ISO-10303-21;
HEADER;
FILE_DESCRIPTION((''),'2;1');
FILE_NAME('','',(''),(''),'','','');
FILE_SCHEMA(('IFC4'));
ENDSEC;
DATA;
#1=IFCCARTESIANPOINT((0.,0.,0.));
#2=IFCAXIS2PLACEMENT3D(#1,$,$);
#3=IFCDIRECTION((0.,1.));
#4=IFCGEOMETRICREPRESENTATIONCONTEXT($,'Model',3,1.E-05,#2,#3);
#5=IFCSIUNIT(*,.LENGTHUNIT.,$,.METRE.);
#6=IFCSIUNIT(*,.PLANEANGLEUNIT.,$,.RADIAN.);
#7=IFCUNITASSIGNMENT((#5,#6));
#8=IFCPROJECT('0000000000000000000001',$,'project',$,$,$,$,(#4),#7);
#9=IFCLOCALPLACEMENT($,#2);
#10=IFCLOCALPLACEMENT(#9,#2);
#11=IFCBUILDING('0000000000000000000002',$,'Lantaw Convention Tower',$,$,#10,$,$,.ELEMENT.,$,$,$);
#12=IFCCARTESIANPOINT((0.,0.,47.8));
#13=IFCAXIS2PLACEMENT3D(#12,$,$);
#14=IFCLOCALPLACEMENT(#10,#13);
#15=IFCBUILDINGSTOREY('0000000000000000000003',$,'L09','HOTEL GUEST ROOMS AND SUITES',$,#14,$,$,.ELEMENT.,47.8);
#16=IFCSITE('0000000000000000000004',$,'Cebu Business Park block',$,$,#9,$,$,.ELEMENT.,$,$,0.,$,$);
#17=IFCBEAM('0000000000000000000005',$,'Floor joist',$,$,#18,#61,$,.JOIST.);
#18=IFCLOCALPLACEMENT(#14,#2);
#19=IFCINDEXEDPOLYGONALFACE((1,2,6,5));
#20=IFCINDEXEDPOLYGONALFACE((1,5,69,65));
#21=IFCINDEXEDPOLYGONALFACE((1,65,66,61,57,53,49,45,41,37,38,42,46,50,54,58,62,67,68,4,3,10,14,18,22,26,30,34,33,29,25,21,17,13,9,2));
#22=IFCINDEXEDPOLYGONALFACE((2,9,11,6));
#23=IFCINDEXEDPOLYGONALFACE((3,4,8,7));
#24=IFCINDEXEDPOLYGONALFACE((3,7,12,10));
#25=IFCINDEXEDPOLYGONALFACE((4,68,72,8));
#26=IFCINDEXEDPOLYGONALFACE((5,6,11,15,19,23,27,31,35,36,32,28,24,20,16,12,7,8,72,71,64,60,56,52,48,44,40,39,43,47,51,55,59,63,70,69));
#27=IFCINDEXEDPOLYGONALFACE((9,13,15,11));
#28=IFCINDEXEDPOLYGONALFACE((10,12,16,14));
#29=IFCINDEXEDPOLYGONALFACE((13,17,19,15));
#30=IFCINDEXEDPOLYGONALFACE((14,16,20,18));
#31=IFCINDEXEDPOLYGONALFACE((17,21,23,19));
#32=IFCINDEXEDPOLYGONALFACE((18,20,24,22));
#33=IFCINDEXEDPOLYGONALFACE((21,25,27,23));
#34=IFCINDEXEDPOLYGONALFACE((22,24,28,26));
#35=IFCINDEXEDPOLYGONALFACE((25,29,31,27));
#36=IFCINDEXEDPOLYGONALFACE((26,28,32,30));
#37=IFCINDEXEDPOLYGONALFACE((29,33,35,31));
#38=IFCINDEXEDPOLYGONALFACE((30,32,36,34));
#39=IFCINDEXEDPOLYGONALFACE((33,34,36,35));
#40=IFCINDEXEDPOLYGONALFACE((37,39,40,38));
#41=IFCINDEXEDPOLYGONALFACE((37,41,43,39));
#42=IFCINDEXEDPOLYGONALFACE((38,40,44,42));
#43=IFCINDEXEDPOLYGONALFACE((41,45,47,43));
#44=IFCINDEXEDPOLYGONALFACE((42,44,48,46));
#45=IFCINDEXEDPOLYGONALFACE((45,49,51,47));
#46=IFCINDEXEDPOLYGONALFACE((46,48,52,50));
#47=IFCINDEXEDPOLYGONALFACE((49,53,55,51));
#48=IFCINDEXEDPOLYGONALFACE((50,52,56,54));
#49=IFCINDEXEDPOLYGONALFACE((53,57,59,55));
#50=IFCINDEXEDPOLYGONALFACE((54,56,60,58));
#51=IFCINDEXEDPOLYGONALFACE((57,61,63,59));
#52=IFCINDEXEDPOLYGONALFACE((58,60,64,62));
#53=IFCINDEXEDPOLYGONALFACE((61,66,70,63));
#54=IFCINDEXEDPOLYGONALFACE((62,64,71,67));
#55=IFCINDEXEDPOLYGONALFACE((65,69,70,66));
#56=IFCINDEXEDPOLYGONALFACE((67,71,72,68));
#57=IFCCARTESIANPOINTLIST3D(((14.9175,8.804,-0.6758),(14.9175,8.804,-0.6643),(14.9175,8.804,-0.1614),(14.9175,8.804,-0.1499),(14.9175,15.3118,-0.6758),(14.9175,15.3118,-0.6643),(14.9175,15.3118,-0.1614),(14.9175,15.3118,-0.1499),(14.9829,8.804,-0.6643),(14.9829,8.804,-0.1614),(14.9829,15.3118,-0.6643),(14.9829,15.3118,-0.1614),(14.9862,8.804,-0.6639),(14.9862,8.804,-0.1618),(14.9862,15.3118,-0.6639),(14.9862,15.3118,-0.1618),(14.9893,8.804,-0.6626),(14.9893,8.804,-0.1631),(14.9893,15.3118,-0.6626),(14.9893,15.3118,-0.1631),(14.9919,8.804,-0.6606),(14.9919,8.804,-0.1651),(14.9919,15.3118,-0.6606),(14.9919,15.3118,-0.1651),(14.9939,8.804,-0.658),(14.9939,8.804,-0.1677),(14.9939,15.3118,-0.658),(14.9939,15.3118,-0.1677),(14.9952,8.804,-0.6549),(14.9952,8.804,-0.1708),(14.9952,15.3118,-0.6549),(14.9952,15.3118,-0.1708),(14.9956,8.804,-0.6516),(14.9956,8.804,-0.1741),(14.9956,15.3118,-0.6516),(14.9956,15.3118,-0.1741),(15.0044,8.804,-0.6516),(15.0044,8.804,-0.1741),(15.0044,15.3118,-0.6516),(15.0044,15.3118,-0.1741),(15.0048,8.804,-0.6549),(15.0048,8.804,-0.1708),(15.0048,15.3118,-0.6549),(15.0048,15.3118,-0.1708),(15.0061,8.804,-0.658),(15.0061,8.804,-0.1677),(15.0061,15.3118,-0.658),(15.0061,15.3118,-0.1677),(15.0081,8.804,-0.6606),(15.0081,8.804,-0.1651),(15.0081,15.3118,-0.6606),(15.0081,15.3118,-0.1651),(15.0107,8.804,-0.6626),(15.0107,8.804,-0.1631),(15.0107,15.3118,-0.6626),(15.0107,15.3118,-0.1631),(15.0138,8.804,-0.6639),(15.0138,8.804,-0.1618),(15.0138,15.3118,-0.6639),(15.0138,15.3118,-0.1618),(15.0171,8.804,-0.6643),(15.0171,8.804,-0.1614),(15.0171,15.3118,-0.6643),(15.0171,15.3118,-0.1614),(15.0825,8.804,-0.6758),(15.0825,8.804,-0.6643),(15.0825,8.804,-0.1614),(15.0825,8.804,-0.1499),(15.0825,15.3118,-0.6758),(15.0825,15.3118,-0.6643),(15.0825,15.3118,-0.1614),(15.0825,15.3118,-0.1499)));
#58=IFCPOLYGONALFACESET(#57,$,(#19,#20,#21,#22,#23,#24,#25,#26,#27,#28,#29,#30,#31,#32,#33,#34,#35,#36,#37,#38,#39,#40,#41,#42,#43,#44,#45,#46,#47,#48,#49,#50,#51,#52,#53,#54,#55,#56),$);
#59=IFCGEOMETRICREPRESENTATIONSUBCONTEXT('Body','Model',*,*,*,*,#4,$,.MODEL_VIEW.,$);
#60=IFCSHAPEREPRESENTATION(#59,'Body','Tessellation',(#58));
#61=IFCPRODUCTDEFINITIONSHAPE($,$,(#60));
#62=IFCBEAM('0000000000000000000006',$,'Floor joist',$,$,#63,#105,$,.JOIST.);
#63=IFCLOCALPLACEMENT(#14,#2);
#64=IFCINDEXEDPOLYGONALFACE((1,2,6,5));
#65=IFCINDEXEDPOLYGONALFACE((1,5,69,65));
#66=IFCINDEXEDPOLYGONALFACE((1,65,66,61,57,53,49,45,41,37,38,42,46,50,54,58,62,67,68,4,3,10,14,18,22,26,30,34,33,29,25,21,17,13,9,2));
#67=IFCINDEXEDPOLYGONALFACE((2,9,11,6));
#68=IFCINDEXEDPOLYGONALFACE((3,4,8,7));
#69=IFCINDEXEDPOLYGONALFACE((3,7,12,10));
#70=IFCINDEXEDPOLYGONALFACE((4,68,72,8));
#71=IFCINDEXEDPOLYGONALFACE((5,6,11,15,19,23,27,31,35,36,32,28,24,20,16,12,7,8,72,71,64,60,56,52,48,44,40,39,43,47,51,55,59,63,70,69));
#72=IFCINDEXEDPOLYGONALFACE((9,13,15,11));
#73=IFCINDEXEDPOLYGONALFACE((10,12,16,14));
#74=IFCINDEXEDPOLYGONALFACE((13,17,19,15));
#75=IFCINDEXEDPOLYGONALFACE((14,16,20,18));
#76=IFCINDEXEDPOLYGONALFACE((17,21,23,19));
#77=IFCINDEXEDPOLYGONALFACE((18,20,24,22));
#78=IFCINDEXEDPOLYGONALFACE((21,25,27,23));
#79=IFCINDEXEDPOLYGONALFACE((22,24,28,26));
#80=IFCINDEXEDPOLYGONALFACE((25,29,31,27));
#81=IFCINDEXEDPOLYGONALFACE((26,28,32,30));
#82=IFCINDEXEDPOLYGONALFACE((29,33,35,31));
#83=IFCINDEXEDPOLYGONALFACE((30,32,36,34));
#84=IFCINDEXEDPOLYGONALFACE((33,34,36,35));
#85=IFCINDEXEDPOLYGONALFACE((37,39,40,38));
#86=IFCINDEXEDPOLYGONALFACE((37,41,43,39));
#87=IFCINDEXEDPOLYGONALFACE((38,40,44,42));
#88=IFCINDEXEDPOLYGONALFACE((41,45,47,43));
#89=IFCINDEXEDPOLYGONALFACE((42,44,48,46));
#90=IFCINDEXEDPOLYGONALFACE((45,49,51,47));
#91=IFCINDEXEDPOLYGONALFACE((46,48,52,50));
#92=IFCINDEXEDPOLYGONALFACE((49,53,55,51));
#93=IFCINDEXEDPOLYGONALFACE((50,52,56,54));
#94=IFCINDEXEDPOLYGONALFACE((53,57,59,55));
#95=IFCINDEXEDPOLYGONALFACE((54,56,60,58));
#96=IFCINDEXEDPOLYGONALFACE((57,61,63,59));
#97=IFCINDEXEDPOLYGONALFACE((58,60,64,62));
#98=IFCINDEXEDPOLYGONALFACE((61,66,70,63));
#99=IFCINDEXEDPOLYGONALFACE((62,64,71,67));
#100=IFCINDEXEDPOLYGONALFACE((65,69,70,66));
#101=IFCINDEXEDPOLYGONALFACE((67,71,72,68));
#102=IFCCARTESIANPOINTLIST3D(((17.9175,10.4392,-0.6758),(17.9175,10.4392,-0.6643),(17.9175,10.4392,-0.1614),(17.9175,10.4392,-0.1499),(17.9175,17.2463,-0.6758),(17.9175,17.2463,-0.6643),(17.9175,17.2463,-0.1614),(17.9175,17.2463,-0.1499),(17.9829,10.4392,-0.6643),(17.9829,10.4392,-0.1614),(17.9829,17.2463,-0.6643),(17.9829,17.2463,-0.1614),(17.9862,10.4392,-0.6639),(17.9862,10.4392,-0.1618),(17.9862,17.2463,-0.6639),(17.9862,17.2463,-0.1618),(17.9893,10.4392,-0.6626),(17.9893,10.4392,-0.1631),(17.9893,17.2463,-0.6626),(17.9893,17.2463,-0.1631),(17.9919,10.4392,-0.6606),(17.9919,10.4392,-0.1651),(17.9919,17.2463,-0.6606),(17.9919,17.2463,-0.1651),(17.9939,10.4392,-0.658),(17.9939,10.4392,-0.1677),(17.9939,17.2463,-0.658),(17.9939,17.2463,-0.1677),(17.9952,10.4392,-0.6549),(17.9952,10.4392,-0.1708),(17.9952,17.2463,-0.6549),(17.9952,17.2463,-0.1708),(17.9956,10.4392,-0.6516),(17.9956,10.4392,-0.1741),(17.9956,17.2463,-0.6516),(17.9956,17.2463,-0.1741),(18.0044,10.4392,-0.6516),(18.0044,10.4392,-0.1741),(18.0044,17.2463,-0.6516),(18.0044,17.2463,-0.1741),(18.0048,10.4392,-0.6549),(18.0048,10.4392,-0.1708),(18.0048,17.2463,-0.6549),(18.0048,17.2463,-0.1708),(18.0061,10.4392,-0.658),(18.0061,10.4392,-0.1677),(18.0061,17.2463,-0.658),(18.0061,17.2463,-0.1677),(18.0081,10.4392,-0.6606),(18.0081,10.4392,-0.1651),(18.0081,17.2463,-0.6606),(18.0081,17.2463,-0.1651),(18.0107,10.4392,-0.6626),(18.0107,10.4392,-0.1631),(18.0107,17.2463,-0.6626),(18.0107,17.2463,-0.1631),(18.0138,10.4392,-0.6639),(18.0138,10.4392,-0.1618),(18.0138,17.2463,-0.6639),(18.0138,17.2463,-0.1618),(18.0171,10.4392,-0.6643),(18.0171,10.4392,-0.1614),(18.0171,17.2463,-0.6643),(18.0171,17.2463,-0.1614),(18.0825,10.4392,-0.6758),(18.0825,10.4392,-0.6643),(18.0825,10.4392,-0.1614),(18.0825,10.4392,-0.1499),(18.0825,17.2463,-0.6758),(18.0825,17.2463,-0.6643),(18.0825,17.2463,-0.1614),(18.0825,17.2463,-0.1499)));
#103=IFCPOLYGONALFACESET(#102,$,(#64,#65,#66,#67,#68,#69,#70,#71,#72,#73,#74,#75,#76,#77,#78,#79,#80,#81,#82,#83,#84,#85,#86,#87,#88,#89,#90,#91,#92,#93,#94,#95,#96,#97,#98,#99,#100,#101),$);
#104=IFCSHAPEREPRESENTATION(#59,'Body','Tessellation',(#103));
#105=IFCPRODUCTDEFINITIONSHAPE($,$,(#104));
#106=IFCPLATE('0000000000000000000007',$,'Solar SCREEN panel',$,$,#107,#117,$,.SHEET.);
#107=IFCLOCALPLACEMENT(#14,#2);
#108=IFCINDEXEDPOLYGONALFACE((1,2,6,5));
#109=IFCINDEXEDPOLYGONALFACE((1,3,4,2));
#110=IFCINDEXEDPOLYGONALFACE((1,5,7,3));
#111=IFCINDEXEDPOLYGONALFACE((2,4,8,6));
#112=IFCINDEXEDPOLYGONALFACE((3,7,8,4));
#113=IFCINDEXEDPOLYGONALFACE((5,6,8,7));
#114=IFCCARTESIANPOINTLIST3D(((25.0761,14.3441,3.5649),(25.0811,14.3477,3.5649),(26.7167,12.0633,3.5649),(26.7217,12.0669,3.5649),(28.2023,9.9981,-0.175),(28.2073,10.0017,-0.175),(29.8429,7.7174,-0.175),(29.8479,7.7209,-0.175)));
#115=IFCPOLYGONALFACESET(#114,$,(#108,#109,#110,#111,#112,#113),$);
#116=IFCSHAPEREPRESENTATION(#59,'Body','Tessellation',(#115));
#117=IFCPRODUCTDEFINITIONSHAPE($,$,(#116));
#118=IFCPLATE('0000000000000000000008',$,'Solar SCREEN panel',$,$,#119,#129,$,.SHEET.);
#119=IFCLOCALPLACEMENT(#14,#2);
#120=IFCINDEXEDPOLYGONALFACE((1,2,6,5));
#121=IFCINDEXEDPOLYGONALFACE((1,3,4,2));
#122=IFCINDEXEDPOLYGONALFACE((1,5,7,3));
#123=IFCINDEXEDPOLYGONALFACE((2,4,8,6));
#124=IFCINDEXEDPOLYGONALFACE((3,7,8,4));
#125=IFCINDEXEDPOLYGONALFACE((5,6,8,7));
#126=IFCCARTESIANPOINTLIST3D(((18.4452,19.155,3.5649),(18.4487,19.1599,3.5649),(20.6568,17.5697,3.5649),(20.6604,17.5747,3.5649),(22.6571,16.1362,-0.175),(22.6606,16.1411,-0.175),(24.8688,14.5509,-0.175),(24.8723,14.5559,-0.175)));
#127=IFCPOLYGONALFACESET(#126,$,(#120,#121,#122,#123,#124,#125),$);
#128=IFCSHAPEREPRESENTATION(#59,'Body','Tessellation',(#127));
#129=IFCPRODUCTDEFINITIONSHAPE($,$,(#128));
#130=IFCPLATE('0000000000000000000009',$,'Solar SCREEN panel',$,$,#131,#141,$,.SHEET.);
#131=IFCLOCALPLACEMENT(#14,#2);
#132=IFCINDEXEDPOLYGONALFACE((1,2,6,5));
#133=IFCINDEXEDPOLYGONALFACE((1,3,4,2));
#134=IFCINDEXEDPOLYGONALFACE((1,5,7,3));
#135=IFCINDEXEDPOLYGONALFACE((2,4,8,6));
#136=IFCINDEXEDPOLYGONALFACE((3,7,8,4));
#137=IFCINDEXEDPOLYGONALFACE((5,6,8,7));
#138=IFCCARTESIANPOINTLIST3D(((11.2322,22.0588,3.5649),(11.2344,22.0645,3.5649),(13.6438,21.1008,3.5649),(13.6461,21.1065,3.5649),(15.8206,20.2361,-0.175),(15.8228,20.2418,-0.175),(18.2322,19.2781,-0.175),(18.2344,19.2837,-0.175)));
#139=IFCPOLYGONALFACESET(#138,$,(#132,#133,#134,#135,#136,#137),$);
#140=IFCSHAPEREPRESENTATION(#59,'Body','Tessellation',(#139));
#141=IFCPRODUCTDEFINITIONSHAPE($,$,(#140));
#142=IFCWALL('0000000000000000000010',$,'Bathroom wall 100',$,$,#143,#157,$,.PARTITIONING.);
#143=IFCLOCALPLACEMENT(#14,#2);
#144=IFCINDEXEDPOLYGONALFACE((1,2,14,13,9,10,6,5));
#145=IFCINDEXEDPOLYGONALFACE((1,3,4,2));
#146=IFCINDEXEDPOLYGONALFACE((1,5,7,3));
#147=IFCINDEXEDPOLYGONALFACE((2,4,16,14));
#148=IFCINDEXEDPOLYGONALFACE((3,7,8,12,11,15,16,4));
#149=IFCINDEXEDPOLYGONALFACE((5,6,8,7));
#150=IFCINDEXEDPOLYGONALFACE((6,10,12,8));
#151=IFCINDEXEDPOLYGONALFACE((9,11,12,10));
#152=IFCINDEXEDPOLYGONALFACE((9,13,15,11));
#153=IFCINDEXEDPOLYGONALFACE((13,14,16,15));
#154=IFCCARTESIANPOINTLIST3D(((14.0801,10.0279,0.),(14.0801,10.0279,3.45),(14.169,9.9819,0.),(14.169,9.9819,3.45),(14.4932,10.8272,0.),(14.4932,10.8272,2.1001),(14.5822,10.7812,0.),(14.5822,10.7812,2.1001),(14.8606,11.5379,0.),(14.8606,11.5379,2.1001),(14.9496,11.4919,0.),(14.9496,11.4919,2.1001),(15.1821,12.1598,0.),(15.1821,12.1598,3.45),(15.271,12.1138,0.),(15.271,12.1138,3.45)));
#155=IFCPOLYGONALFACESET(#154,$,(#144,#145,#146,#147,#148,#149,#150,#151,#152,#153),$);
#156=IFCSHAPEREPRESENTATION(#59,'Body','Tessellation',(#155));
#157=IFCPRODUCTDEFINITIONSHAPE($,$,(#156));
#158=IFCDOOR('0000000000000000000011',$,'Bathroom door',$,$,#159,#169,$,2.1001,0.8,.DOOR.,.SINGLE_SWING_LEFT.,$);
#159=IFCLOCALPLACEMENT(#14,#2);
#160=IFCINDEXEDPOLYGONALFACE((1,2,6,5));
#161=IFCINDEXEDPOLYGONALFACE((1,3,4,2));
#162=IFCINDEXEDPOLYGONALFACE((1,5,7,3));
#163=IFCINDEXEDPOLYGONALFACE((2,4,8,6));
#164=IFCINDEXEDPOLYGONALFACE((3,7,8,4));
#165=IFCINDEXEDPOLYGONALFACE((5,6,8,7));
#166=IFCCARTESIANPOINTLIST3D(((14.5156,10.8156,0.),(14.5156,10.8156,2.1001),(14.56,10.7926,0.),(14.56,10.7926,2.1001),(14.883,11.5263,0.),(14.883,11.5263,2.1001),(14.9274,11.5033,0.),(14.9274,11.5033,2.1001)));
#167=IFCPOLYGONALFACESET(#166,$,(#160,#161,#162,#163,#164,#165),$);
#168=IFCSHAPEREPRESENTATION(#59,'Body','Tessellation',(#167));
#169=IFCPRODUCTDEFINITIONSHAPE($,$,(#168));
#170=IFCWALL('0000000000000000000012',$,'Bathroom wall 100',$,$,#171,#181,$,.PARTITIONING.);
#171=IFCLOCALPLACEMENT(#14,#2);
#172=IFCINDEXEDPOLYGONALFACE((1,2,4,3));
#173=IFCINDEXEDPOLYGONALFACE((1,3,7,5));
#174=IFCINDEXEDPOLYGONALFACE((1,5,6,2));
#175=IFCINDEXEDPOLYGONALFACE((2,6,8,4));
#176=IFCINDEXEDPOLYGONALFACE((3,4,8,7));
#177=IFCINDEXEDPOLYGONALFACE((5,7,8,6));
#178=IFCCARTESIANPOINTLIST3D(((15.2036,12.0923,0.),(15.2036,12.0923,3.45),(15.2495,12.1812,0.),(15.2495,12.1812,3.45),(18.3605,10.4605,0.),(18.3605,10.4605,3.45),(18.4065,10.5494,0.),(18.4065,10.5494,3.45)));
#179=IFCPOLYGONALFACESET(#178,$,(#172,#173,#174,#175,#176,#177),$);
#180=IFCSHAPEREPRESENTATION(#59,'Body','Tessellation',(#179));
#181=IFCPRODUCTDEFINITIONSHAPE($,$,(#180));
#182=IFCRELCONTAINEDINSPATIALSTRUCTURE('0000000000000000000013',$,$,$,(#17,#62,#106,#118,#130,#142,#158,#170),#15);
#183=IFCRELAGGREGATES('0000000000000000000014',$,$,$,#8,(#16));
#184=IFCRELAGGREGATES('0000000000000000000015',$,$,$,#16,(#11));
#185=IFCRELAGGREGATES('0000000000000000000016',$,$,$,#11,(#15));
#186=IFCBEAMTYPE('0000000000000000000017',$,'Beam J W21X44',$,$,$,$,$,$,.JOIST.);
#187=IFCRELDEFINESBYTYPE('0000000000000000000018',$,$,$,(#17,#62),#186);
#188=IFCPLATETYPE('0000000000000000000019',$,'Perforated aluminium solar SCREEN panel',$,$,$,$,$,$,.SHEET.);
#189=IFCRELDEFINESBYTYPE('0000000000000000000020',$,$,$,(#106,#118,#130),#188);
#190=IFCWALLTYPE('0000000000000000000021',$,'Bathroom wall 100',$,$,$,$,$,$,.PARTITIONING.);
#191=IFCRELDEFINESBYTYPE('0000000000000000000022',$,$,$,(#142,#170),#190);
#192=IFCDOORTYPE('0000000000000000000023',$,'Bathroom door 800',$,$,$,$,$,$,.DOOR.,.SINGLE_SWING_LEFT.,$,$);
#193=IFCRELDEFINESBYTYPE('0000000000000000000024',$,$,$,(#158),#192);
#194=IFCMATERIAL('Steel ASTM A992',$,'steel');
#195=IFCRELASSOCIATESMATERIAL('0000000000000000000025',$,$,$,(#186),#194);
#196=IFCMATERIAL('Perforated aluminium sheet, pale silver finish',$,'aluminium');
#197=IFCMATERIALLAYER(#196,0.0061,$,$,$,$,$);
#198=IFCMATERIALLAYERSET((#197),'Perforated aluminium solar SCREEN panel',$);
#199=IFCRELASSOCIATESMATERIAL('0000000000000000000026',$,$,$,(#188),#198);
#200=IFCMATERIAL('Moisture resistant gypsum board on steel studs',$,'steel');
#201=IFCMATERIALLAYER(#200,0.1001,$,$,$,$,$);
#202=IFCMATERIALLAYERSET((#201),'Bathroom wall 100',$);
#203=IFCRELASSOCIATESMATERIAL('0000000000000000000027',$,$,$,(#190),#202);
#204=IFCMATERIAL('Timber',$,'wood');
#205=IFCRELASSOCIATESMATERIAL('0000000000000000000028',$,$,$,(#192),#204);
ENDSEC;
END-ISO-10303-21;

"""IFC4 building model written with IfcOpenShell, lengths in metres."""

from ifc_helpers import new_model, si_unit, direction, frame, frame_2d, origin, origin_2d, place, context, subcontext, project, spatial, polyline, rectangle, i_section, outline, extrude, material, layer, layer_set, material_profile, profile_set, type_object, element, fill, save


model = new_model("IFC4")

# Units and contexts
model_context = context("Model", 3, precision=1e-05, world=origin(), true_north=direction((0.0, 1.0)))
body_context = subcontext(model_context, "Body", "Model", "MODEL_VIEW")
ifc_project = project(units=[si_unit("LENGTHUNIT", "METRE"), si_unit("PLANEANGLEUNIT", "RADIAN")], contexts=[model_context])

# Site, building, storey
site_placement = place(None, origin())
site = spatial("IfcSite", under=ifc_project, at=site_placement, Name="Cebu Business Park block", CompositionType="ELEMENT", RefElevation=0.0)
building_placement = place(site_placement, origin())
building = spatial("IfcBuilding", under=site, at=building_placement, Name="Lantaw Convention Tower", CompositionType="ELEMENT")
storey_placement = place(building_placement, frame((0.0, 0.0, 47.8)))
storey = spatial("IfcBuildingStorey", under=building, at=storey_placement, Name="L09", Description="HOTEL GUEST ROOMS AND SUITES", CompositionType="ELEMENT", Elevation=47.8)

# Beams
ifc_material_1 = material(Name="Steel ASTM A992", Category="steel")
ifc_material_profile_1 = material_profile(ifc_material_1, i_section(OverallWidth=0.165, OverallDepth=0.5259, WebThickness=0.0088, FlangeThickness=0.0115, FilletRadius=0.0127, at=origin_2d()), Name="W21X44")
ifc_profile_set_1 = profile_set([ifc_material_profile_1], Name="Steel ASTM A992")
beam_type_1 = type_object("IfcBeamType", Name="Beam J W21X44", PredefinedType="JOIST", material=ifc_profile_set_1)
beam_1_placement = place(storey_placement, frame((15.0, 8.804, -0.4128), z_axis=(0.0, 1.0, 0.0), x_axis=(-1.0, 0.0, 0.0)))
element("IfcBeam", 1, at=beam_1_placement, inside=storey, type_object=beam_type_1, Name="Floor joist", PredefinedType="JOIST", context=body_context, shape_type="SweptSolid", body=[
    extrude(i_section(OverallWidth=0.165, OverallDepth=0.5259, WebThickness=0.0088, FlangeThickness=0.0115, FilletRadius=0.0127, at=origin_2d()), origin(), (0.0, 0.0, 1.0), 6.5078),
])
beam_2_placement = place(storey_placement, frame((18.0, 10.4392, -0.4128), z_axis=(0.0, 1.0, 0.0), x_axis=(-1.0, 0.0, 0.0)))
element("IfcBeam", 2, at=beam_2_placement, inside=storey, type_object=beam_type_1, Name="Floor joist", PredefinedType="JOIST", context=body_context, shape_type="SweptSolid", body=[
    extrude(i_section(OverallWidth=0.165, OverallDepth=0.5259, WebThickness=0.0088, FlangeThickness=0.0115, FilletRadius=0.0127, at=origin_2d()), origin(), (0.0, 0.0, 1.0), 6.8071),
])

# Plates
ifc_material_2 = material(Name="Perforated aluminium sheet, pale silver finish", Category="aluminium")
ifc_layer_1 = layer(ifc_material_2, 0.0061)
ifc_layer_set_1 = layer_set([ifc_layer_1], Name="Perforated aluminium solar SCREEN panel")
plate_type = type_object("IfcPlateType", Name="Perforated aluminium solar SCREEN panel", PredefinedType="SHEET", material=ifc_layer_set_1)
plate_1_placement = place(storey_placement, frame((29.8479, 7.7209, -0.175), z_axis=(0.811791, 0.583948, 0.000009), x_axis=(-0.583948, 0.811791, 0.0)))
element("IfcPlate", 3, at=plate_1_placement, inside=storey, type_object=plate_type, Name="Solar SCREEN panel", PredefinedType="SHEET", context=body_context, shape_type="SweptSolid", body=[
    extrude(outline(polyline([(0.0, 0.0), (2.8095, 0.0), (8.1631, 3.74), (5.3536, 3.74), (0.0, 0.0)])), origin(), (0.0, 0.0, -1.0), 0.0061),
])
plate_2_placement = place(storey_placement, frame((24.8723, 14.5559, -0.175), z_axis=(0.582561, 0.812787, 0.000016), x_axis=(-0.812787, 0.582561, 0.0)))
element("IfcPlate", 4, at=plate_2_placement, inside=storey, type_object=plate_type, Name="Solar SCREEN panel", PredefinedType="SHEET", context=body_context, shape_type="SweptSolid", body=[
    extrude(outline(polyline([(0.0, 0.0), (2.7211, 0.0), (7.9031, 3.74), (5.182, 3.74), (0.0, 0.0)])), origin(), (0.0, 0.0, -1.0), 0.0061),
])
plate_3_placement = place(storey_placement, frame((18.2322, 19.2781, -0.175), z_axis=(-0.369184, -0.929357, 0.000009), x_axis=(-0.929357, 0.369184, 0.0)))
element("IfcPlate", 5, at=plate_3_placement, inside=storey, type_object=plate_type, Name="Solar SCREEN panel", PredefinedType="SHEET", context=body_context, shape_type="SweptSolid", body=[
    extrude(outline(polyline([(0.0, 0.0), (2.5949, 0.0), (7.5321, -3.74), (4.9372, -3.74), (0.0, 0.0)])), origin(), (0.0, 0.0, -1.0), 0.0061),
])

# Wall, opening, door
ifc_material_3 = material(Name="Moisture resistant gypsum board on steel studs", Category="steel")
ifc_layer_2 = layer(ifc_material_3, 0.1001)
ifc_layer_set_2 = layer_set([ifc_layer_2], Name="Bathroom wall 100")
wall_type_1 = type_object("IfcWallType", Name="Bathroom wall 100", PredefinedType="PARTITIONING", material=ifc_layer_set_2)
wall_1_placement = place(storey_placement, frame((14.1245, 10.0049, 0.0), z_axis=(0.0, 0.0, 1.0), x_axis=(0.459218, 0.888324, 0.0)))
wall_1 = element("IfcWall", 6, at=wall_1_placement, inside=storey, type_object=wall_type_1, Name="Bathroom wall 100", PredefinedType="PARTITIONING", context=body_context, shape_type="SweptSolid", body=[
    extrude(rectangle(XDim=2.3999, YDim=0.1001, at=frame_2d((1.2, 0.0))), origin(), (0.0, 0.0, 1.0), 3.45),
])
opening_1_placement = place(wall_1_placement, frame((0.8999, 0.0, 0.0)))
opening_1 = element("IfcOpeningElement", 7, at=opening_1_placement, cuts=wall_1, PredefinedType="OPENING", context=body_context, shape_type="SweptSolid", body=[
    extrude(rectangle(XDim=0.8, YDim=2.1001, at=frame_2d((0.3999, 1.05))), frame((0.0, 0.0601, 0.0), z_axis=(0.0, -1.0, 0.0), x_axis=(1.0, 0.0, 0.0)), (0.0, 0.0, 1.0), 0.1201),
])
ifc_material_4 = material(Name="Timber", Category="wood")
door_type_1 = type_object("IfcDoorType", Name="Bathroom door 800", OperationType="SINGLE_SWING_LEFT", PredefinedType="DOOR", material=ifc_material_4)
door_1_placement = place(opening_1_placement, origin())
door_1 = element("IfcDoor", 8, at=door_1_placement, inside=storey, type_object=door_type_1, Name="Bathroom door", OperationType="SINGLE_SWING_LEFT", OverallHeight=2.1001, OverallWidth=0.8, PredefinedType="DOOR", context=body_context, shape_type="SweptSolid", body=[
    extrude(rectangle(XDim=0.8, YDim=2.1001, at=frame_2d((0.3999, 1.05))), frame((0.0, 0.0249, 0.0), z_axis=(0.0, -1.0, 0.0), x_axis=(1.0, 0.0, 0.0)), (0.0, 0.0, 1.0), 0.05),
])
fill(opening_1, door_1)

# Wall
wall_2_placement = place(storey_placement, frame((15.2266, 12.1367, 0.0), z_axis=(0.0, 0.0, 1.0), x_axis=(0.888342, -0.459182, 0.0)))
element("IfcWall", 9, at=wall_2_placement, inside=storey, type_object=wall_type_1, Name="Bathroom wall 100", PredefinedType="PARTITIONING", context=body_context, shape_type="SweptSolid", body=[
    extrude(rectangle(XDim=3.5537, YDim=0.1001, at=frame_2d((1.7769, 0.0))), origin(), (0.0, 0.0, 1.0), 3.45),
])

save(model, "model.ifc")
